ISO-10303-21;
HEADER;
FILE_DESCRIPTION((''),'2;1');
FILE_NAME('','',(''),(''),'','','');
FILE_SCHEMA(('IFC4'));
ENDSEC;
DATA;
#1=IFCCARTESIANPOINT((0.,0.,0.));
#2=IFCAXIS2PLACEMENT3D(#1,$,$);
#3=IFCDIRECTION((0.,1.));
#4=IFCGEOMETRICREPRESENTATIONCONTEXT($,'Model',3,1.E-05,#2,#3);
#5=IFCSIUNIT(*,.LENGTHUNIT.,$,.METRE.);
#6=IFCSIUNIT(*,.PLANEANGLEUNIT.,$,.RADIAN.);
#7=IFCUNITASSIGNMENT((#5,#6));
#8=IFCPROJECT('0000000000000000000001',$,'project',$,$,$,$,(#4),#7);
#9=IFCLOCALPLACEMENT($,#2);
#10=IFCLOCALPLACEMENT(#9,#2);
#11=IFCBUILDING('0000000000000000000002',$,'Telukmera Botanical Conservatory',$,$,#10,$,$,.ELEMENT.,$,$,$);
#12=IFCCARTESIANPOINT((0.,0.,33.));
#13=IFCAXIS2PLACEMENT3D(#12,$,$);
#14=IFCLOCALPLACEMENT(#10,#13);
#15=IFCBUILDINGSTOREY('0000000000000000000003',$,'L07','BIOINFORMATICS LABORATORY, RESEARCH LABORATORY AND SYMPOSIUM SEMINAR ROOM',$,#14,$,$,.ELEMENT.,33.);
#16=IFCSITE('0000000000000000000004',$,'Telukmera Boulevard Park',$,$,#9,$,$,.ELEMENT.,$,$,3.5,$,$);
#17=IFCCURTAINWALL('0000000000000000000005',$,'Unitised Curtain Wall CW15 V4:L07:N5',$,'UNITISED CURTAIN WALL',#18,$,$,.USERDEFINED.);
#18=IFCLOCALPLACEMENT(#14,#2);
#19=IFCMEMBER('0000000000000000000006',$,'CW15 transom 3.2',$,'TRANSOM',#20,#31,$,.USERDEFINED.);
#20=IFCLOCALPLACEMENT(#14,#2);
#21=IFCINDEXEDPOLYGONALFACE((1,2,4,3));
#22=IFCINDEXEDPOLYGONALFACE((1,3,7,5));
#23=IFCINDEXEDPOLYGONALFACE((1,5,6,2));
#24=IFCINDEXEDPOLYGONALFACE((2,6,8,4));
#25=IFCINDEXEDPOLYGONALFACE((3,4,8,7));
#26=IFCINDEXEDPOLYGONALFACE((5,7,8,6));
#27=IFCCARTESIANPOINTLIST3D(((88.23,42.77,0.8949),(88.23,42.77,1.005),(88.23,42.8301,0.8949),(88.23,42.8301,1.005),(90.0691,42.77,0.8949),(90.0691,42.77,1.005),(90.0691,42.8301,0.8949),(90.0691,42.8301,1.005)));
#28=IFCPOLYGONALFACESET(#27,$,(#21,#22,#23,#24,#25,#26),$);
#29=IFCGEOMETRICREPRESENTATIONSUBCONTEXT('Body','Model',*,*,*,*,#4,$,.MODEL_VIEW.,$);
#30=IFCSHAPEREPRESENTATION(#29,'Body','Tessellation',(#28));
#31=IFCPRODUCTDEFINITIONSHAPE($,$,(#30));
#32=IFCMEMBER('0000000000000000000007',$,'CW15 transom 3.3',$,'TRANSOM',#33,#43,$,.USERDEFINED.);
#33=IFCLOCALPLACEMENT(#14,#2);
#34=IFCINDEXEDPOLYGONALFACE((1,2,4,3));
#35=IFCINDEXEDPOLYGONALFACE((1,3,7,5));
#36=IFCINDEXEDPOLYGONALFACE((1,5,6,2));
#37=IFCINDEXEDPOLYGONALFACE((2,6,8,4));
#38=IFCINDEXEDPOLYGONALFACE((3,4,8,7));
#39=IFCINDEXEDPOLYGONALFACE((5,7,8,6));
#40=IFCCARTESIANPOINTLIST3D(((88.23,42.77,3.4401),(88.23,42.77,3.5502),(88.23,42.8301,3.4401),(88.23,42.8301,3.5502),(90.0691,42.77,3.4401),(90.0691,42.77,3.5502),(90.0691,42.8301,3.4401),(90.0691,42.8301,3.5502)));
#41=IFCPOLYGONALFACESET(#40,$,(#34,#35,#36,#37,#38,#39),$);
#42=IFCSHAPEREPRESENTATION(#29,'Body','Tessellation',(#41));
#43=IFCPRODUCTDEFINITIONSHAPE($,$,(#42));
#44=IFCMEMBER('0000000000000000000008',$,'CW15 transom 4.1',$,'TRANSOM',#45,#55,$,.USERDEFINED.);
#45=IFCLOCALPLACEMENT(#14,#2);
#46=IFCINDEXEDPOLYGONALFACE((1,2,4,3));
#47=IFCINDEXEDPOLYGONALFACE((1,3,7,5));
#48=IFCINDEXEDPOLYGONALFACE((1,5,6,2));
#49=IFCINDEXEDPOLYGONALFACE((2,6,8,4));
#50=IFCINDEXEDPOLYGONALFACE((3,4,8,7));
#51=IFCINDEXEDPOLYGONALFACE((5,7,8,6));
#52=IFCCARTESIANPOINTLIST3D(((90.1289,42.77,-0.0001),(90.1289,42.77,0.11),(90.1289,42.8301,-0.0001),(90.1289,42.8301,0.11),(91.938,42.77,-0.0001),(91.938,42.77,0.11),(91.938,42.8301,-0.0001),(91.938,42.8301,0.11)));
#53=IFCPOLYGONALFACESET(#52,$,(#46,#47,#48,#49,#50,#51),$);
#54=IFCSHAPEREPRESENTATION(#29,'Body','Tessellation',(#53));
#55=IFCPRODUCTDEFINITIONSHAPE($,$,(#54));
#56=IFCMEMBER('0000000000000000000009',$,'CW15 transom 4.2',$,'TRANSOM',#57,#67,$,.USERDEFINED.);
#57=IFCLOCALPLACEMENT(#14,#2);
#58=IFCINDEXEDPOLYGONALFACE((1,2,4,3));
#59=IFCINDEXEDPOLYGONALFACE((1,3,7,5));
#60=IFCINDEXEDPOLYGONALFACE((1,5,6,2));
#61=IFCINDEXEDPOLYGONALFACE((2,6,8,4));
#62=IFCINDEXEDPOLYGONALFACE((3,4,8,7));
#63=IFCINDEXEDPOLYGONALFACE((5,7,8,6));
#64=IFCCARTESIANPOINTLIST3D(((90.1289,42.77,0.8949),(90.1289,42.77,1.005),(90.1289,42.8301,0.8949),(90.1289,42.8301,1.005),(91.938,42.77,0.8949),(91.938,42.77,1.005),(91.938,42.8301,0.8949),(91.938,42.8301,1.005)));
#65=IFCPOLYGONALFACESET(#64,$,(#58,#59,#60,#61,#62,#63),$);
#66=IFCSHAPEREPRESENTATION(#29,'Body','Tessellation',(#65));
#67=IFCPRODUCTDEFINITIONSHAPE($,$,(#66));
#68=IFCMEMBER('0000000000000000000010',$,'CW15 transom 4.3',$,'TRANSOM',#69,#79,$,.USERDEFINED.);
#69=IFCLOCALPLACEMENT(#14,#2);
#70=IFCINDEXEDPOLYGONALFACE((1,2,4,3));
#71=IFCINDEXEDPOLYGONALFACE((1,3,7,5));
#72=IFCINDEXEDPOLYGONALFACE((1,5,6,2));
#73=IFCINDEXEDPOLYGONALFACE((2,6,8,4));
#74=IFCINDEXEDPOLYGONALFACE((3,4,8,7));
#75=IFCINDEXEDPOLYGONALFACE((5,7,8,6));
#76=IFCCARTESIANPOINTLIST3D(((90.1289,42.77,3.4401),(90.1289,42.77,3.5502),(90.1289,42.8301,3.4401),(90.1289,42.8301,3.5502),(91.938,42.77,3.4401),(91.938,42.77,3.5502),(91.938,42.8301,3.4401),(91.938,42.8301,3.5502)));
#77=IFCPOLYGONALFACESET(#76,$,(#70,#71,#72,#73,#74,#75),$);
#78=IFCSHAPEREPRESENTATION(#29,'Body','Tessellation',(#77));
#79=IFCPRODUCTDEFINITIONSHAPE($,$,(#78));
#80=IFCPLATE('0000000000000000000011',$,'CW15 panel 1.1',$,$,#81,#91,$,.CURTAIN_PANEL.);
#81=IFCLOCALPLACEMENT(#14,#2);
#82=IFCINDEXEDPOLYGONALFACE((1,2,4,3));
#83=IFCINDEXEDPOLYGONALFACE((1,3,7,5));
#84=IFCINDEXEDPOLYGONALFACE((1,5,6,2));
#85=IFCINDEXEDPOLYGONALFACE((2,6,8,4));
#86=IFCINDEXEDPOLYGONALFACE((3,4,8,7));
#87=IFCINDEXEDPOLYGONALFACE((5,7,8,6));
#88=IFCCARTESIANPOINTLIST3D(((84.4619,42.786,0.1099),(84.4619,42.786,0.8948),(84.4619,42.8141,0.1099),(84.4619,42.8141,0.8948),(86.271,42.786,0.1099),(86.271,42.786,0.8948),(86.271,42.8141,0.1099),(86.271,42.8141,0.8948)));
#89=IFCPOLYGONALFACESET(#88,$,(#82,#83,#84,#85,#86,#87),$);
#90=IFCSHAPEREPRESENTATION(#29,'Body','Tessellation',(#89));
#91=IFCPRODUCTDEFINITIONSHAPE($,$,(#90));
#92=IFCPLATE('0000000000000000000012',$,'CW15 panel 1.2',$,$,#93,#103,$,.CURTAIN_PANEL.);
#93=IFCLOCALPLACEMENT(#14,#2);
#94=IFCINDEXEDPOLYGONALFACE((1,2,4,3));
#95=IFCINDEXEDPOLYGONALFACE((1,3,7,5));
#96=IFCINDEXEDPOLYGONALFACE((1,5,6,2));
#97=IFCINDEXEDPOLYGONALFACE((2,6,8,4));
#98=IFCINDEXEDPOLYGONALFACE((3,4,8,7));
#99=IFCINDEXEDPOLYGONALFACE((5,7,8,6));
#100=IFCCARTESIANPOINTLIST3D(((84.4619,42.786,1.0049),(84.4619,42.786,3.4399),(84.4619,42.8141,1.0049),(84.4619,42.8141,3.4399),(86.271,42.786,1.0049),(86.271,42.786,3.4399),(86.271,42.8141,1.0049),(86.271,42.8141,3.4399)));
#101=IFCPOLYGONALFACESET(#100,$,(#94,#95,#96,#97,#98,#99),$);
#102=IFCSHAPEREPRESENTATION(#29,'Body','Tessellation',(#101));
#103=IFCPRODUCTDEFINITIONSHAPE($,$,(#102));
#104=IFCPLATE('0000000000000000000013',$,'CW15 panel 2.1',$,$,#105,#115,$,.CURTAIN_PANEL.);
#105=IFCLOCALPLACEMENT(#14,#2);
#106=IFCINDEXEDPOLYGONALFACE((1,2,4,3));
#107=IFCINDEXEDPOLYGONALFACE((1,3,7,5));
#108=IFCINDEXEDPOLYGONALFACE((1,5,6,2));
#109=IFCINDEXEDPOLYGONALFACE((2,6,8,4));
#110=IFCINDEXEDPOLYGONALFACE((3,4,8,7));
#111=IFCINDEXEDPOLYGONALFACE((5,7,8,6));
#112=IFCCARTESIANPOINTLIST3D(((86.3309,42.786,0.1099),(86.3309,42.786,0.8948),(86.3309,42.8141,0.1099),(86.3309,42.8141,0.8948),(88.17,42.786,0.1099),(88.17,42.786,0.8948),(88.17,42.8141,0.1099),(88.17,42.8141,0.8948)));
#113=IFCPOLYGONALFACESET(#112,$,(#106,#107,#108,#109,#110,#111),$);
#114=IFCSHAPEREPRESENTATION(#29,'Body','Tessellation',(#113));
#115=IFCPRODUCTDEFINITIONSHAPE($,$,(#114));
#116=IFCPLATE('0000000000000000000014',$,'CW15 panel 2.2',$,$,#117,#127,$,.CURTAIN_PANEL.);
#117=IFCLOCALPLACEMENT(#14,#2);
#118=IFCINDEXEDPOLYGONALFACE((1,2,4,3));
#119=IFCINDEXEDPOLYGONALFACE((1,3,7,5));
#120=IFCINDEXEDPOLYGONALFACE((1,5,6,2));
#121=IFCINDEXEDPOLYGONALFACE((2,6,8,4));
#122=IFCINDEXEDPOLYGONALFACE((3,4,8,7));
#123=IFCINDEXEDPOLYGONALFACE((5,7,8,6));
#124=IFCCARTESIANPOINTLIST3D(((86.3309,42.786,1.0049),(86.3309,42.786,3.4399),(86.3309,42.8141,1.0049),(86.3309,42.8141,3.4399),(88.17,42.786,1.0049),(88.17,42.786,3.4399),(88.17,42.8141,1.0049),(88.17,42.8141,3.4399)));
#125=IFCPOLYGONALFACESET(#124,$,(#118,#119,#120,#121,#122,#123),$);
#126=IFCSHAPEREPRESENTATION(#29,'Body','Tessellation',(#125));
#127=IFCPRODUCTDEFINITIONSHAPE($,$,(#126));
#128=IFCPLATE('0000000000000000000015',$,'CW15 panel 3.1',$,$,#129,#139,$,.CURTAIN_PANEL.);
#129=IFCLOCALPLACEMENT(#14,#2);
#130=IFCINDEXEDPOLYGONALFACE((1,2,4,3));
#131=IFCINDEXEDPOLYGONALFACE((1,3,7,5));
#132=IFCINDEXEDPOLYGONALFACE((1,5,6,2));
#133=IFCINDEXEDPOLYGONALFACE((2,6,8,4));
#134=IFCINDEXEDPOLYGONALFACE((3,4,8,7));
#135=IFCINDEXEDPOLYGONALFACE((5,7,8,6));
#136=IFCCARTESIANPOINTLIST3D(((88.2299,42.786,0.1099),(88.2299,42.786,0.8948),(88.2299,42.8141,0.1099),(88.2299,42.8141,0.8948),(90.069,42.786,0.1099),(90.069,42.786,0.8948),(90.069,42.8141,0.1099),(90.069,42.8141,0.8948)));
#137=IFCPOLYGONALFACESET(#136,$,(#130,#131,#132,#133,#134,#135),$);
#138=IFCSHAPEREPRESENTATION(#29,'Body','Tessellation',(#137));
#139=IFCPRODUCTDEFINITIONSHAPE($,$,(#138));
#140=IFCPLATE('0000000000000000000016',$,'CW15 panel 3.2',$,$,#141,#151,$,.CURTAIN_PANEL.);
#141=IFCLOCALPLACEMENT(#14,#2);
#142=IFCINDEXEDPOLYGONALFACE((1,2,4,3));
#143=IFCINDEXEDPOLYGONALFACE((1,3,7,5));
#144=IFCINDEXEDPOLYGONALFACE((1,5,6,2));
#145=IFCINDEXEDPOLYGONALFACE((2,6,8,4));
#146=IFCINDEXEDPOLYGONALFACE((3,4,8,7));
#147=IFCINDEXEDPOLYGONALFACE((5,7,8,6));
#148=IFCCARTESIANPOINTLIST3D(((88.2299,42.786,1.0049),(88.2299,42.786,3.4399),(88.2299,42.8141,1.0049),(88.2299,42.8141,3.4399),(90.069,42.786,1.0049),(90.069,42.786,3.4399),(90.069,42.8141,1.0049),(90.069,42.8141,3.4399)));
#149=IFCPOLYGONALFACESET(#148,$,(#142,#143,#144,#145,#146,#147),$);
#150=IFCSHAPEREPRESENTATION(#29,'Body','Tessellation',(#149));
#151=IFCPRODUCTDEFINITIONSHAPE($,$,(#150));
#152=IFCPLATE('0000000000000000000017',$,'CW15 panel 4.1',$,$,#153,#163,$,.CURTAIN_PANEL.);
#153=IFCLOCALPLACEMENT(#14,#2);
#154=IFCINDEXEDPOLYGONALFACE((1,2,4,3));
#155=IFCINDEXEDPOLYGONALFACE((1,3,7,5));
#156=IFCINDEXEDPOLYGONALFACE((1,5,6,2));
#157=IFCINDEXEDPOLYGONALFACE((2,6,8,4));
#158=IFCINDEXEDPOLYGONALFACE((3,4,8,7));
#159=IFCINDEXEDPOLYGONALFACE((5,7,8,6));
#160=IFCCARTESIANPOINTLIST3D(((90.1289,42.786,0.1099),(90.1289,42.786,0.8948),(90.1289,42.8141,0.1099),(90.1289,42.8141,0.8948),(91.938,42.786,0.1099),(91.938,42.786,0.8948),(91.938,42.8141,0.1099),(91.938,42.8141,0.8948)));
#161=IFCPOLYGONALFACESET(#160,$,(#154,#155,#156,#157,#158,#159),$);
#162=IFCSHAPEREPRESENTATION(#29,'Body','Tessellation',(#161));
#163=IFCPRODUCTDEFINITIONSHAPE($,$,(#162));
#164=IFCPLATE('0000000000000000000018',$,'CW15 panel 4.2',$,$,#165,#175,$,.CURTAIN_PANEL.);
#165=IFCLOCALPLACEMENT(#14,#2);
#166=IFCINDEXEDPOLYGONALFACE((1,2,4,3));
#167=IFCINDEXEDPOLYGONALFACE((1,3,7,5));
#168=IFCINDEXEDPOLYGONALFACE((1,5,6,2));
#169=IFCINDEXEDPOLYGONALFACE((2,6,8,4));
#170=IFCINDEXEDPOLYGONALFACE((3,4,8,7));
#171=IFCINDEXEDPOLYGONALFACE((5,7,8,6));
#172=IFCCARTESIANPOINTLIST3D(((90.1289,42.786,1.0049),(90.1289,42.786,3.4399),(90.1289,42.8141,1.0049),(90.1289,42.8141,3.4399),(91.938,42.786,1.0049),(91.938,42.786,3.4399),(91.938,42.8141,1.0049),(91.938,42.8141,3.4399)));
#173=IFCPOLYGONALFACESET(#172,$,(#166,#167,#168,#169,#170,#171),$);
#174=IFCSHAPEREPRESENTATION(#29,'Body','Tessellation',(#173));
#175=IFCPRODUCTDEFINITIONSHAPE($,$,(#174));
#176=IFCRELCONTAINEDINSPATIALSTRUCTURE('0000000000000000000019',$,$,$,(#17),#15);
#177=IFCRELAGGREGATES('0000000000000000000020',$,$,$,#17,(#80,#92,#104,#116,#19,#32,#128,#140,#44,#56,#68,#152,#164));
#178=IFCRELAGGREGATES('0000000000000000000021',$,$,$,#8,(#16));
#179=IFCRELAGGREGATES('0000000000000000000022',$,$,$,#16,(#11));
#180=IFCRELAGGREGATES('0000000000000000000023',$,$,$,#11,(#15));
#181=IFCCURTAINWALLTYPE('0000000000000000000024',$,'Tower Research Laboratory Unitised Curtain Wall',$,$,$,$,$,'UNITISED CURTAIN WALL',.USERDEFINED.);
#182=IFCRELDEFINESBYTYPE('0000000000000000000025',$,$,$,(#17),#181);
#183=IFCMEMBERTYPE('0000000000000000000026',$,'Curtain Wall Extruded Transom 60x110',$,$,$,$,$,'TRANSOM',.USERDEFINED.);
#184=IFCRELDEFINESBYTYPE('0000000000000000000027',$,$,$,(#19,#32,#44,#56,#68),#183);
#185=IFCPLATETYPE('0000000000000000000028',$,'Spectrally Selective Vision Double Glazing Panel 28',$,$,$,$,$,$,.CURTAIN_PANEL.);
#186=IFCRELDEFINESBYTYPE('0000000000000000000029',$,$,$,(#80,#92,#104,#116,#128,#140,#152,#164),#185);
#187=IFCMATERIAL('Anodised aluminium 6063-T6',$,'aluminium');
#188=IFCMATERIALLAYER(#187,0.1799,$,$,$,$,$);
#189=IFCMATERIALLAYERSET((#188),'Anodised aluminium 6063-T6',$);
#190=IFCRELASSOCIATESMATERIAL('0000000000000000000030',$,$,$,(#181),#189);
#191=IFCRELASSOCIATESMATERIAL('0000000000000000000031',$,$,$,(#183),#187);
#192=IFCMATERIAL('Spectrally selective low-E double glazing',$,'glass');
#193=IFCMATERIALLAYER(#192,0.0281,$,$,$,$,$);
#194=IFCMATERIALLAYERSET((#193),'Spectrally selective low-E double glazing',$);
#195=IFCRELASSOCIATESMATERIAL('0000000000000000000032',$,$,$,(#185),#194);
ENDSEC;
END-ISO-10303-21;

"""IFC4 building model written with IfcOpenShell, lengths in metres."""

from ifc_helpers import new_model, si_unit, direction, frame, origin, origin_2d, place, context, subcontext, project, spatial, rectangle, extrude, material, layer, layer_set, material_profile, profile_set, type_object, element, aggregate, save


model = new_model("IFC4")

# Units and contexts
model_context = context("Model", 3, precision=1e-05, world=origin(), true_north=direction((0.0, 1.0)))
body_context = subcontext(model_context, "Body", "Model", "MODEL_VIEW")
ifc_project = project(units=[si_unit("LENGTHUNIT", "METRE"), si_unit("PLANEANGLEUNIT", "RADIAN")], contexts=[model_context])

# Site, building, storey
site_placement = place(None, origin())
site = spatial("IfcSite", under=ifc_project, at=site_placement, Name="Telukmera Boulevard Park", CompositionType="ELEMENT", RefElevation=3.5)
building_placement = place(site_placement, origin())
building = spatial("IfcBuilding", under=site, at=building_placement, Name="Telukmera Botanical Conservatory", CompositionType="ELEMENT")
storey_placement = place(building_placement, frame((0.0, 0.0, 33.0)))
storey = spatial("IfcBuildingStorey", under=building, at=storey_placement, Name="L07", Description="BIOINFORMATICS LABORATORY, RESEARCH LABORATORY AND SYMPOSIUM SEMINAR ROOM", CompositionType="ELEMENT", Elevation=33.0)

# Curtain wall, members, plates
ifc_material_1 = material(Name="Anodised aluminium 6063-T6", Category="aluminium")
ifc_layer_1 = layer(ifc_material_1, 0.1799)
ifc_layer_set_1 = layer_set([ifc_layer_1], Name="Anodised aluminium 6063-T6")
curtain_wall_type = type_object("IfcCurtainWallType", Name="Tower Research Laboratory Unitised Curtain Wall", ElementType="UNITISED CURTAIN WALL", PredefinedType="USERDEFINED", material=ifc_layer_set_1)
curtain_wall_placement = place(storey_placement, origin())
curtain_wall = element("IfcCurtainWall", 1, at=curtain_wall_placement, inside=storey, type_object=curtain_wall_type, Name="Unitised Curtain Wall CW15 V4:L07:N5", ObjectType="UNITISED CURTAIN WALL", PredefinedType="USERDEFINED")
ifc_material_profile_1 = material_profile(ifc_material_1, rectangle(XDim=0.0601, YDim=0.1101, at=origin_2d()), Name="ALU TRAN 60x110")
ifc_profile_set_1 = profile_set([ifc_material_profile_1], Name="Anodised aluminium 6063-T6")
member_type_1 = type_object("IfcMemberType", Name="Curtain Wall Extruded Transom 60x110", ElementType="TRANSOM", PredefinedType="USERDEFINED", material=ifc_profile_set_1)
member_1_placement = place(storey_placement, frame((88.23, 42.8, 0.95), z_axis=(1.0, 0.0, 0.0), x_axis=(0.0, 1.0, 0.0)))
member_1 = element("IfcMember", 2, at=member_1_placement, type_object=member_type_1, Name="CW15 transom 3.2", ObjectType="TRANSOM", PredefinedType="USERDEFINED", context=body_context, shape_type="SweptSolid", body=[
    extrude(rectangle(XDim=0.0601, YDim=0.1101, at=origin_2d()), origin(), (0.0, 0.0, 1.0), 1.8391),
])
member_2_placement = place(storey_placement, frame((88.23, 42.8, 3.4951), z_axis=(1.0, 0.0, 0.0), x_axis=(0.0, 1.0, 0.0)))
member_2 = element("IfcMember", 3, at=member_2_placement, type_object=member_type_1, Name="CW15 transom 3.3", ObjectType="TRANSOM", PredefinedType="USERDEFINED", context=body_context, shape_type="SweptSolid", body=[
    extrude(rectangle(XDim=0.0601, YDim=0.1101, at=origin_2d()), origin(), (0.0, 0.0, 1.0), 1.8391),
])
member_3_placement = place(storey_placement, frame((90.1289, 42.8, 0.0549), z_axis=(1.0, 0.0, 0.0), x_axis=(0.0, 1.0, 0.0)))
member_3 = element("IfcMember", 4, at=member_3_placement, type_object=member_type_1, Name="CW15 transom 4.1", ObjectType="TRANSOM", PredefinedType="USERDEFINED", context=body_context, shape_type="SweptSolid", body=[
    extrude(rectangle(XDim=0.0601, YDim=0.1101, at=origin_2d()), origin(), (0.0, 0.0, 1.0), 1.8091),
])
member_4_placement = place(storey_placement, frame((90.1289, 42.8, 0.95), z_axis=(1.0, 0.0, 0.0), x_axis=(0.0, 1.0, 0.0)))
member_4 = element("IfcMember", 5, at=member_4_placement, type_object=member_type_1, Name="CW15 transom 4.2", ObjectType="TRANSOM", PredefinedType="USERDEFINED", context=body_context, shape_type="SweptSolid", body=[
    extrude(rectangle(XDim=0.0601, YDim=0.1101, at=origin_2d()), origin(), (0.0, 0.0, 1.0), 1.8091),
])
member_5_placement = place(storey_placement, frame((90.1289, 42.8, 3.4951), z_axis=(1.0, 0.0, 0.0), x_axis=(0.0, 1.0, 0.0)))
member_5 = element("IfcMember", 6, at=member_5_placement, type_object=member_type_1, Name="CW15 transom 4.3", ObjectType="TRANSOM", PredefinedType="USERDEFINED", context=body_context, shape_type="SweptSolid", body=[
    extrude(rectangle(XDim=0.0601, YDim=0.1101, at=origin_2d()), origin(), (0.0, 0.0, 1.0), 1.8091),
])
ifc_material_2 = material(Name="Spectrally selective low-E double glazing", Category="glass")
ifc_layer_2 = layer(ifc_material_2, 0.0281)
ifc_layer_set_2 = layer_set([ifc_layer_2], Name="Spectrally selective low-E double glazing")
plate_type = type_object("IfcPlateType", Name="Spectrally Selective Vision Double Glazing Panel 28", PredefinedType="CURTAIN_PANEL", material=ifc_layer_set_2)
plate_1_placement = place(storey_placement, frame((85.3665, 42.8, 0.1099), z_axis=(0.0, 0.0, 1.0), x_axis=(1.0, 0.0, 0.0)))
plate_1 = element("IfcPlate", 7, at=plate_1_placement, type_object=plate_type, Name="CW15 panel 1.1", PredefinedType="CURTAIN_PANEL", context=body_context, shape_type="SweptSolid", body=[
    extrude(rectangle(XDim=1.8091, YDim=0.0281, at=origin_2d()), origin(), (0.0, 0.0, 1.0), 0.7849),
])
plate_2_placement = place(storey_placement, frame((85.3665, 42.8, 1.0049), z_axis=(0.0, 0.0, 1.0), x_axis=(1.0, 0.0, 0.0)))
plate_2 = element("IfcPlate", 8, at=plate_2_placement, type_object=plate_type, Name="CW15 panel 1.2", PredefinedType="CURTAIN_PANEL", context=body_context, shape_type="SweptSolid", body=[
    extrude(rectangle(XDim=1.8091, YDim=0.0281, at=origin_2d()), origin(), (0.0, 0.0, 1.0), 2.4351),
])
plate_3_placement = place(storey_placement, frame((87.2505, 42.8, 0.1099), z_axis=(0.0, 0.0, 1.0), x_axis=(1.0, 0.0, 0.0)))
plate_3 = element("IfcPlate", 9, at=plate_3_placement, type_object=plate_type, Name="CW15 panel 2.1", PredefinedType="CURTAIN_PANEL", context=body_context, shape_type="SweptSolid", body=[
    extrude(rectangle(XDim=1.8391, YDim=0.0281, at=origin_2d()), origin(), (0.0, 0.0, 1.0), 0.7849),
])
plate_4_placement = place(storey_placement, frame((87.2505, 42.8, 1.0049), z_axis=(0.0, 0.0, 1.0), x_axis=(1.0, 0.0, 0.0)))
plate_4 = element("IfcPlate", 10, at=plate_4_placement, type_object=plate_type, Name="CW15 panel 2.2", PredefinedType="CURTAIN_PANEL", context=body_context, shape_type="SweptSolid", body=[
    extrude(rectangle(XDim=1.8391, YDim=0.0281, at=origin_2d()), origin(), (0.0, 0.0, 1.0), 2.4351),
])
plate_5_placement = place(storey_placement, frame((89.1494, 42.8, 0.1099), z_axis=(0.0, 0.0, 1.0), x_axis=(1.0, 0.0, 0.0)))
plate_5 = element("IfcPlate", 11, at=plate_5_placement, type_object=plate_type, Name="CW15 panel 3.1", PredefinedType="CURTAIN_PANEL", context=body_context, shape_type="SweptSolid", body=[
    extrude(rectangle(XDim=1.8391, YDim=0.0281, at=origin_2d()), origin(), (0.0, 0.0, 1.0), 0.7849),
])
plate_6_placement = place(storey_placement, frame((89.1494, 42.8, 1.0049), z_axis=(0.0, 0.0, 1.0), x_axis=(1.0, 0.0, 0.0)))
plate_6 = element("IfcPlate", 12, at=plate_6_placement, type_object=plate_type, Name="CW15 panel 3.2", PredefinedType="CURTAIN_PANEL", context=body_context, shape_type="SweptSolid", body=[
    extrude(rectangle(XDim=1.8391, YDim=0.0281, at=origin_2d()), origin(), (0.0, 0.0, 1.0), 2.4351),
])
plate_7_placement = place(storey_placement, frame((91.0334, 42.8, 0.1099), z_axis=(0.0, 0.0, 1.0), x_axis=(1.0, 0.0, 0.0)))
plate_7 = element("IfcPlate", 13, at=plate_7_placement, type_object=plate_type, Name="CW15 panel 4.1", PredefinedType="CURTAIN_PANEL", context=body_context, shape_type="SweptSolid", body=[
    extrude(rectangle(XDim=1.8091, YDim=0.0281, at=origin_2d()), origin(), (0.0, 0.0, 1.0), 0.7849),
])
plate_8_placement = place(storey_placement, frame((91.0334, 42.8, 1.0049), z_axis=(0.0, 0.0, 1.0), x_axis=(1.0, 0.0, 0.0)))
plate_8 = element("IfcPlate", 14, at=plate_8_placement, type_object=plate_type, Name="CW15 panel 4.2", PredefinedType="CURTAIN_PANEL", context=body_context, shape_type="SweptSolid", body=[
    extrude(rectangle(XDim=1.8091, YDim=0.0281, at=origin_2d()), origin(), (0.0, 0.0, 1.0), 2.4351),
])
aggregate(curtain_wall, [plate_1, plate_2, plate_3, plate_4, member_1, member_2, plate_5, plate_6, member_3, member_4, member_5, plate_7, plate_8])

save(model, "model.ifc")
